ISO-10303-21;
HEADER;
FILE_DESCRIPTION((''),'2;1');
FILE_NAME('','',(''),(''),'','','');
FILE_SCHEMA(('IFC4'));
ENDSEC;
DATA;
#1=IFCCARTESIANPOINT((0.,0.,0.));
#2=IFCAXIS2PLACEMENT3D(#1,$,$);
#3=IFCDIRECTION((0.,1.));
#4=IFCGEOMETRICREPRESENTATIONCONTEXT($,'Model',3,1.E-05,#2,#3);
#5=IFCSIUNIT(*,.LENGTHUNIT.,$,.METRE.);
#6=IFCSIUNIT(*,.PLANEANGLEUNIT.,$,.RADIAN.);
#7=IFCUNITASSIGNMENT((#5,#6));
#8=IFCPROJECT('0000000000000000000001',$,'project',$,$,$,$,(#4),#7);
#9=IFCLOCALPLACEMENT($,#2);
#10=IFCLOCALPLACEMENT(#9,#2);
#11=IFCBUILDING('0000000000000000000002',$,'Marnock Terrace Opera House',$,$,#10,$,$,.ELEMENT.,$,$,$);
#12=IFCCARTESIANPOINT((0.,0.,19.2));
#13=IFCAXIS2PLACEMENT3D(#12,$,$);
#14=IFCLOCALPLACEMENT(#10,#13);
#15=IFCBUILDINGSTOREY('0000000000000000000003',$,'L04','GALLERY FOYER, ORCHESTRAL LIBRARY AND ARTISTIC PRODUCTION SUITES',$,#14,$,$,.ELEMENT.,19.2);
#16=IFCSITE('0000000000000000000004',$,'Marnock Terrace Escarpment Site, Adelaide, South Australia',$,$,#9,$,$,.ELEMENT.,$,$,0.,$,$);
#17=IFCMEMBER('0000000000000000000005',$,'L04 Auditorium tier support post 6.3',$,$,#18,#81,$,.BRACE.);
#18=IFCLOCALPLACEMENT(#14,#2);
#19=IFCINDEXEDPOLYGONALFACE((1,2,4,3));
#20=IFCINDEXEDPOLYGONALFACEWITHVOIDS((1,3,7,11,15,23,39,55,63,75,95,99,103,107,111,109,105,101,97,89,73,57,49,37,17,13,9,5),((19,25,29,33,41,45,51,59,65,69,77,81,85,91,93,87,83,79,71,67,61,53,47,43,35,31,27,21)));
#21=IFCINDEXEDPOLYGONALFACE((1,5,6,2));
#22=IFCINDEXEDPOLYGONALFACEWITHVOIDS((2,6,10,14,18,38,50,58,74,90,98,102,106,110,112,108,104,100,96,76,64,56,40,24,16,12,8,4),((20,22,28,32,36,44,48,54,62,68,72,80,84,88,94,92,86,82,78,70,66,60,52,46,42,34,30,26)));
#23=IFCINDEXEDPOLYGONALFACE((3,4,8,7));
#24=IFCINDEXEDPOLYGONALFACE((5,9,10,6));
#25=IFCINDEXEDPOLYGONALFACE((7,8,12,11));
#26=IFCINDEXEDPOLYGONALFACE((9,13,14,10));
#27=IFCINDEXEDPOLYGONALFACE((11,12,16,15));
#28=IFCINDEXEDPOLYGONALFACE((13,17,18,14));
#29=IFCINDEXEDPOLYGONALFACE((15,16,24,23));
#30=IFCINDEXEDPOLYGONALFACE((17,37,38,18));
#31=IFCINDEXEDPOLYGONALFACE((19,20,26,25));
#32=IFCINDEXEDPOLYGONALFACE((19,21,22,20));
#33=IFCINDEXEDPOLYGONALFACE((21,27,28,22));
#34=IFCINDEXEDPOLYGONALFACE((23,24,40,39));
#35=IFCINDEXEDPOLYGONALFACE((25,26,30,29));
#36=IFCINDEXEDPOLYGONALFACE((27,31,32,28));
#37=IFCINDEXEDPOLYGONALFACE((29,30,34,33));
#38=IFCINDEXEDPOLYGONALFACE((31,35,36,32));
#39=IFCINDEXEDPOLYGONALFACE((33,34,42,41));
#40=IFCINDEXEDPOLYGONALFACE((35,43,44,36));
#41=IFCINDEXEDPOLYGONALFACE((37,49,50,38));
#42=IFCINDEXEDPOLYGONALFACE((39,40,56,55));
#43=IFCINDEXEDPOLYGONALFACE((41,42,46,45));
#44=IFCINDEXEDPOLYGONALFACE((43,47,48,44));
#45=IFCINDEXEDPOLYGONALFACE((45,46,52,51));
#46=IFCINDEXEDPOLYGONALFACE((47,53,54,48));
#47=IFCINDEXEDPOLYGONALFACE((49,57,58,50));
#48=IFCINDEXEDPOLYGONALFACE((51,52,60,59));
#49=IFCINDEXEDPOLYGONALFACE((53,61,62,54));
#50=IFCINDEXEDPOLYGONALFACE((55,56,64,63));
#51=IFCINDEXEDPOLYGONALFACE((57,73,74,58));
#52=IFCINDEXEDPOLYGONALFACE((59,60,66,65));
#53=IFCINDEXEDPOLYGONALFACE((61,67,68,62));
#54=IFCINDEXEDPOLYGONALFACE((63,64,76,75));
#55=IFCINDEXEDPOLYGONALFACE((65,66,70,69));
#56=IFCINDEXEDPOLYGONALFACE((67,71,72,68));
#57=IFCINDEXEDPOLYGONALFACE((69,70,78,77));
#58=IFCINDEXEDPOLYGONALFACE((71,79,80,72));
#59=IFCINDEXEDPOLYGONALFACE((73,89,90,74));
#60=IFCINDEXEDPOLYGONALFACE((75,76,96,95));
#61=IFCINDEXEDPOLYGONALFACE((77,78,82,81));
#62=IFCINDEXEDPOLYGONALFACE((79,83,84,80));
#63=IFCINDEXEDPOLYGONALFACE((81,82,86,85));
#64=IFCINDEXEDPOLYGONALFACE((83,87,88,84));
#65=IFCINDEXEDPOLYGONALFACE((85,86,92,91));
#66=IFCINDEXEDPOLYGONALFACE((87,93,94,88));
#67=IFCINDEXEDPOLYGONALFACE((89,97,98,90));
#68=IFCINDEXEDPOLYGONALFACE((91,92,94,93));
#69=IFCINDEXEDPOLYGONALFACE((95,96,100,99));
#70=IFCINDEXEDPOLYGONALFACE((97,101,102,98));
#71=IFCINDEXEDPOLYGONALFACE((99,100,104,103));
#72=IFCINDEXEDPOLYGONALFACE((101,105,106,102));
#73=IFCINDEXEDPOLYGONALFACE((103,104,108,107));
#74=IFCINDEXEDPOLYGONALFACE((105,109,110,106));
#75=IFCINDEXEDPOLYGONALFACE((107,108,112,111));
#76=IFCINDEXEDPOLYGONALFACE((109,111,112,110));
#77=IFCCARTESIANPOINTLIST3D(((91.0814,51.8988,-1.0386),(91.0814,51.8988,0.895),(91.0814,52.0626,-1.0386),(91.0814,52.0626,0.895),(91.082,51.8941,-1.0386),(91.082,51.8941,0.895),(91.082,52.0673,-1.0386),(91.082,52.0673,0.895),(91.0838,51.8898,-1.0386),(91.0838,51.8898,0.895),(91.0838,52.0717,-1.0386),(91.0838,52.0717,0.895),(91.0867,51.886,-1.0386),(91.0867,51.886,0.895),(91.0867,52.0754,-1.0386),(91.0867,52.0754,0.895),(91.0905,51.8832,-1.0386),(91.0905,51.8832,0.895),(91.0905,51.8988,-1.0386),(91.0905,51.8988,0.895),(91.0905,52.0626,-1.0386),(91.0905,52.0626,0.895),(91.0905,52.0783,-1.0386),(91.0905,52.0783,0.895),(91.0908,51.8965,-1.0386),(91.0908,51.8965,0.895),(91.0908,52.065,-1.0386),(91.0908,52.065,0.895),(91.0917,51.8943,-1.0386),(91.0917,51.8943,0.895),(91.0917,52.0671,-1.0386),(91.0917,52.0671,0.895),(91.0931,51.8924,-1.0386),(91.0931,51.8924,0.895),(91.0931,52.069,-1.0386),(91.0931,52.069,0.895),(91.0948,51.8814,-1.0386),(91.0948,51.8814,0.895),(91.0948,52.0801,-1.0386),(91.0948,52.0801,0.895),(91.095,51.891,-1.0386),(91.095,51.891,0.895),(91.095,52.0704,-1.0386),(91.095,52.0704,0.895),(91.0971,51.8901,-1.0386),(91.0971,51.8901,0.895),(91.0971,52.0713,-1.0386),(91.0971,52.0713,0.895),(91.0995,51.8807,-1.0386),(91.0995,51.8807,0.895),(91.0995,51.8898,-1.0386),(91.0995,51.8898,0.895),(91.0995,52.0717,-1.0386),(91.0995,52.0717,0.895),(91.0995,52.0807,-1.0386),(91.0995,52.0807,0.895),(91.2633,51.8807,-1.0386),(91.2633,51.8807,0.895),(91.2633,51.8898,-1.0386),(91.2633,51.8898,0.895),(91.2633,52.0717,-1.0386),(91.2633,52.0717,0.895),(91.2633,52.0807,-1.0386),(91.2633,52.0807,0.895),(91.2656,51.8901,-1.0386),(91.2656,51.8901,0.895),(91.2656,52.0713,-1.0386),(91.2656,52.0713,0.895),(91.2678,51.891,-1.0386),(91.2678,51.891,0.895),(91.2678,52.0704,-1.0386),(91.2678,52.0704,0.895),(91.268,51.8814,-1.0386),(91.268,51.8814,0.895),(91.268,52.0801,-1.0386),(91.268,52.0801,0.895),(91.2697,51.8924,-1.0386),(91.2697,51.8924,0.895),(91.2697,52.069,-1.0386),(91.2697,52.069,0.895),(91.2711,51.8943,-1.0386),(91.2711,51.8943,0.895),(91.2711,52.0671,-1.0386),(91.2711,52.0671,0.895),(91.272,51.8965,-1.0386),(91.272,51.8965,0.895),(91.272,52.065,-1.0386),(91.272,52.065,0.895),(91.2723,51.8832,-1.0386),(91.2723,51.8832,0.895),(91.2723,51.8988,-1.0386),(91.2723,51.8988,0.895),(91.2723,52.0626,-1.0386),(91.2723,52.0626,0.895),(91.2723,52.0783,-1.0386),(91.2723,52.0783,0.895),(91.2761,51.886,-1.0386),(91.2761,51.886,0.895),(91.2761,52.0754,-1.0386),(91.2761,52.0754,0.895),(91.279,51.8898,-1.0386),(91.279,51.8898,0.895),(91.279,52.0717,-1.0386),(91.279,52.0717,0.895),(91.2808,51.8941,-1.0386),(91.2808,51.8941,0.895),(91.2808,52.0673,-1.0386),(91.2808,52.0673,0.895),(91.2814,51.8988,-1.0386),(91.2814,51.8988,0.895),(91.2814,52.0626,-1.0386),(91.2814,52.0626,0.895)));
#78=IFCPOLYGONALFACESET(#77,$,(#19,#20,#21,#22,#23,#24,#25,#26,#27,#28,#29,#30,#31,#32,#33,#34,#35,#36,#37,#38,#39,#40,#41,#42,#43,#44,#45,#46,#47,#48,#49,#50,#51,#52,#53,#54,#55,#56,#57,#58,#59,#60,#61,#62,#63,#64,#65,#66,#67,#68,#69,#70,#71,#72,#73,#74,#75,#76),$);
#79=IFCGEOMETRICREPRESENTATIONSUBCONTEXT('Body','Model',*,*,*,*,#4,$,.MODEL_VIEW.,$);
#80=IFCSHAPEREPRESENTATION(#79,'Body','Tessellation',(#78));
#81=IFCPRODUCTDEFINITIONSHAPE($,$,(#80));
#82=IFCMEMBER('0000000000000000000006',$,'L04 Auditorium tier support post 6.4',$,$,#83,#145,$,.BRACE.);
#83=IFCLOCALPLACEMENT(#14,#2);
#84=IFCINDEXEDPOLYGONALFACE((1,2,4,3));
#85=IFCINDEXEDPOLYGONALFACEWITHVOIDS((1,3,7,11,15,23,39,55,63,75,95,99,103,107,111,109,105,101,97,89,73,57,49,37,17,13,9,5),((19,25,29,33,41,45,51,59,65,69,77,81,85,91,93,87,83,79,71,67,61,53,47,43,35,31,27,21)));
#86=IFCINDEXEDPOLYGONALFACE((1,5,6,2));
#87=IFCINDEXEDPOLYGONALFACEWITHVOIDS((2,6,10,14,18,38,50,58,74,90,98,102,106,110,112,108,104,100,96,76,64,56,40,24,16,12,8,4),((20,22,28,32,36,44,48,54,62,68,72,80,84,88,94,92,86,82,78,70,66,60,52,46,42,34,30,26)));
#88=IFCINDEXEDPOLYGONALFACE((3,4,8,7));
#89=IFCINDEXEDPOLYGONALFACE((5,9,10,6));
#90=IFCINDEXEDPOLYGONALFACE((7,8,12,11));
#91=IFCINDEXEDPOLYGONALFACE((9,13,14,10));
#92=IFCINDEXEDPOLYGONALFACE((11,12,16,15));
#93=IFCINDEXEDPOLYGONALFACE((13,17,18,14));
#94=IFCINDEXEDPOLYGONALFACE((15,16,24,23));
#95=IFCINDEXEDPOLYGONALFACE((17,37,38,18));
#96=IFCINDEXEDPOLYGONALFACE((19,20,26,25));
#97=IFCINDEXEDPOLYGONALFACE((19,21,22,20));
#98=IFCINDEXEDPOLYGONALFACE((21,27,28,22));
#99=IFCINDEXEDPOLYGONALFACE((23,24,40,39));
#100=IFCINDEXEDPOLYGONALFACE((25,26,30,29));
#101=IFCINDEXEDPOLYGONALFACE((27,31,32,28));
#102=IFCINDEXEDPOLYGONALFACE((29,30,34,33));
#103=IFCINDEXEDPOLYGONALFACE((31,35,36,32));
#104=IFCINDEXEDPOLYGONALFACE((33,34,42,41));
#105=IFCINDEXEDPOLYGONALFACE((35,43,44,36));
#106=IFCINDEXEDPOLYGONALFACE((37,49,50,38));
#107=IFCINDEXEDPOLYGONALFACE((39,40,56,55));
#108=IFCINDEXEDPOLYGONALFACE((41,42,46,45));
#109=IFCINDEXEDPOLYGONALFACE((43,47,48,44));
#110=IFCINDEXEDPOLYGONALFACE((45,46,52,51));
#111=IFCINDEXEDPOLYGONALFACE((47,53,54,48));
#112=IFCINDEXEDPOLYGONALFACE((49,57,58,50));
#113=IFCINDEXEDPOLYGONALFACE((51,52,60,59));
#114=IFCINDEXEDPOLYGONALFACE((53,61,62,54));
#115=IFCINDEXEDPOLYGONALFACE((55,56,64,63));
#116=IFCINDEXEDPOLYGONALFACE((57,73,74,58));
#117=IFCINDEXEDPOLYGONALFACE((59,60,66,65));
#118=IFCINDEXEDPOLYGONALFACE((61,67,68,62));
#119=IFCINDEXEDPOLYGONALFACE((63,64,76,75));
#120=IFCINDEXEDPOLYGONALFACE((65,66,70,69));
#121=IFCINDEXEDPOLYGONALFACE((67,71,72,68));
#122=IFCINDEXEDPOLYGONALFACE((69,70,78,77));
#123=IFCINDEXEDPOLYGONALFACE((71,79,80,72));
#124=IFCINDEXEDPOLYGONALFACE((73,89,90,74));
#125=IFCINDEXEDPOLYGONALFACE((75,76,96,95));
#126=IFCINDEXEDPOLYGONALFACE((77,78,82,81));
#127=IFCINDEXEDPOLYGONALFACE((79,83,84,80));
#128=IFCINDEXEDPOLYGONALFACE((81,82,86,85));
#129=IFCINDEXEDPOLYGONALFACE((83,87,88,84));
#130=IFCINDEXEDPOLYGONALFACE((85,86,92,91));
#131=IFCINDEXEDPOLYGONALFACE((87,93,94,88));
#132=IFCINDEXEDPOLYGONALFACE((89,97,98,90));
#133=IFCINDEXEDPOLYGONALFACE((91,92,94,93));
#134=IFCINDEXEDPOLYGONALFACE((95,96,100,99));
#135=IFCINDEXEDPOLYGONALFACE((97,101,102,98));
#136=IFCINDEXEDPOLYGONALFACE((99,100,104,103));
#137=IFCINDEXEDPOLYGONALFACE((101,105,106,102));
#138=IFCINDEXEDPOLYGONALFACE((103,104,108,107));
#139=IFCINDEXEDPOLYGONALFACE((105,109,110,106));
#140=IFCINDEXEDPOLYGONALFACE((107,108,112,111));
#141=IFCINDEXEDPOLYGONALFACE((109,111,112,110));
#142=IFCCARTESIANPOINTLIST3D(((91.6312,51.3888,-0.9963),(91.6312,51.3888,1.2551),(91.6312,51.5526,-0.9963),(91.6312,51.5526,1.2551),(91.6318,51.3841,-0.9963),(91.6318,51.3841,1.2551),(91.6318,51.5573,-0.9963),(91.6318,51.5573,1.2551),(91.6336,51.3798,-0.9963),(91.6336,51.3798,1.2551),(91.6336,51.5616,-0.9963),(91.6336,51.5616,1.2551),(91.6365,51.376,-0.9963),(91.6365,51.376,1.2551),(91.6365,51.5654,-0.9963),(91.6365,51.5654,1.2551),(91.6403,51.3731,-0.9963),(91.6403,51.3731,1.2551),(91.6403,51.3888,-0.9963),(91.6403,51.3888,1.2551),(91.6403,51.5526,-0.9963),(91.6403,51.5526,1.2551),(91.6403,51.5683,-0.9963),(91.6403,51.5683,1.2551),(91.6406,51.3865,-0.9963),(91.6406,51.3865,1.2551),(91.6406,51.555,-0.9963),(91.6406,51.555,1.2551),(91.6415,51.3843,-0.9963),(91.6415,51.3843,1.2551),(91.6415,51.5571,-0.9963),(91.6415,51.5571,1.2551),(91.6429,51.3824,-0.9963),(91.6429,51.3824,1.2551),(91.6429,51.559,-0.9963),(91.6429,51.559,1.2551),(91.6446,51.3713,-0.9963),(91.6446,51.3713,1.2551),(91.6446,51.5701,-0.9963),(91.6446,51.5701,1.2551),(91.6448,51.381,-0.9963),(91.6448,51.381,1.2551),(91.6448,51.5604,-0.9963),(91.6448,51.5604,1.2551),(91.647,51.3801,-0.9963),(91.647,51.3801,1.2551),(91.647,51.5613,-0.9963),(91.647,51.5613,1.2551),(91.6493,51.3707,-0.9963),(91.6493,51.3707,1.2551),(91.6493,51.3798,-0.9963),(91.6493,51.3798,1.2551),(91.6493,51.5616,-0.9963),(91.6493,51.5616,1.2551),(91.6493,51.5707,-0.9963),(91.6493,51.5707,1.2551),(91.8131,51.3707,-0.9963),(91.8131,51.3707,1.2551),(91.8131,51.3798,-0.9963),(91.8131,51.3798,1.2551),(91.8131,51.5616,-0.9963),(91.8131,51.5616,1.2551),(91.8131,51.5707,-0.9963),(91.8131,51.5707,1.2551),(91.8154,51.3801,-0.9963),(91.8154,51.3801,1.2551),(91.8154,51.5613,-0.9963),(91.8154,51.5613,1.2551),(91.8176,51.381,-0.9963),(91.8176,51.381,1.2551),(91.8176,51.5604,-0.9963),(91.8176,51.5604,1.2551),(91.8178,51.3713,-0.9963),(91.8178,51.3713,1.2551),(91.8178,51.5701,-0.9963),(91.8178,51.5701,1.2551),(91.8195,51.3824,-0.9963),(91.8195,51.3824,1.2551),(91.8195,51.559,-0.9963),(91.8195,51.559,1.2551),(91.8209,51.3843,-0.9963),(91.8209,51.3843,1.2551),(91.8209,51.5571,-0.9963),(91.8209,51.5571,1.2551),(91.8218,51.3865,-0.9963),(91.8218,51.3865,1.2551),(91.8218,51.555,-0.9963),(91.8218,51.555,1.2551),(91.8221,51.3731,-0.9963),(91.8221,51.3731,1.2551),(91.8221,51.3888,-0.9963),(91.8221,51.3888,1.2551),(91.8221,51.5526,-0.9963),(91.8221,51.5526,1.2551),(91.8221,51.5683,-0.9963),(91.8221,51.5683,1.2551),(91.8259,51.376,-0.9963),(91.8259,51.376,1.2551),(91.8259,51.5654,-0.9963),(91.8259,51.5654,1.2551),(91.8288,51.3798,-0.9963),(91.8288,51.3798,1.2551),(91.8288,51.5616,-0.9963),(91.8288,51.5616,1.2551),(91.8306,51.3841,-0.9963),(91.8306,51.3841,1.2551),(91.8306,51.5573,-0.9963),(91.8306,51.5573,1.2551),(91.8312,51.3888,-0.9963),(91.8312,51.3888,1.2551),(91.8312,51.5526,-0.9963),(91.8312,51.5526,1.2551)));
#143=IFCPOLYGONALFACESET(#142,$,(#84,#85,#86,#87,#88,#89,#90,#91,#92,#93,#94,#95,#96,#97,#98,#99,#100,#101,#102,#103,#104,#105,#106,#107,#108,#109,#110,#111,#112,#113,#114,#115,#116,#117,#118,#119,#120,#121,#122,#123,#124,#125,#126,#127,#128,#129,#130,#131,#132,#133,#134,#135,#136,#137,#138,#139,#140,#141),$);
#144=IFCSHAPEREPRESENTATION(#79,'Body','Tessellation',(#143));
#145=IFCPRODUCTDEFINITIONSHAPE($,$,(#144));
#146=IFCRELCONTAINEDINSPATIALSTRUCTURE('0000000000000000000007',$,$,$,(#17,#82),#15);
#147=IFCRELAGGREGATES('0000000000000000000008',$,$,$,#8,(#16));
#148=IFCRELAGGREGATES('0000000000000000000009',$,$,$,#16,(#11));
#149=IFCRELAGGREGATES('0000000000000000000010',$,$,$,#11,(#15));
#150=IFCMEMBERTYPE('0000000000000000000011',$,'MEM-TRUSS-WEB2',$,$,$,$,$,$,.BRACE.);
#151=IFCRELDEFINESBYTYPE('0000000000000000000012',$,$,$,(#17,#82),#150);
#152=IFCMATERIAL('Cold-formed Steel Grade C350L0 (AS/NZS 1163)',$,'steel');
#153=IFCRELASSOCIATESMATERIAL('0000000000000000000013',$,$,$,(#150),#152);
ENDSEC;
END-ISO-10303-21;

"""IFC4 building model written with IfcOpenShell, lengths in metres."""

from ifc_helpers import new_model, si_unit, direction, frame, origin, origin_2d, place, context, subcontext, project, spatial, hollow_rectangle, extrude, material, material_profile, profile_set, type_object, element, save


model = new_model("IFC4")

# Units and contexts
model_context = context("Model", 3, precision=1e-05, world=origin(), true_north=direction((0.0, 1.0)))
body_context = subcontext(model_context, "Body", "Model", "MODEL_VIEW")
ifc_project = project(units=[si_unit("LENGTHUNIT", "METRE"), si_unit("PLANEANGLEUNIT", "RADIAN")], contexts=[model_context])

# Site, building, storey
site_placement = place(None, origin())
site = spatial("IfcSite", under=ifc_project, at=site_placement, Name="Marnock Terrace Escarpment Site, Adelaide, South Australia", CompositionType="ELEMENT", RefElevation=0.0)
building_placement = place(site_placement, origin())
building = spatial("IfcBuilding", under=site, at=building_placement, Name="Marnock Terrace Opera House", CompositionType="ELEMENT")
storey_placement = place(building_placement, frame((0.0, 0.0, 19.2)))
storey = spatial("IfcBuildingStorey", under=building, at=storey_placement, Name="L04", Description="GALLERY FOYER, ORCHESTRAL LIBRARY AND ARTISTIC PRODUCTION SUITES", CompositionType="ELEMENT", Elevation=19.2)

# Members
ifc_material_1 = material(Name="Cold-formed Steel Grade C350L0 (AS/NZS 1163)", Category="steel")
ifc_material_profile_1 = material_profile(ifc_material_1, hollow_rectangle(XDim=0.2, YDim=0.2, WallThickness=0.009, InnerFilletRadius=0.009, OuterFilletRadius=0.0181, at=origin_2d()))
ifc_profile_set_1 = profile_set([ifc_material_profile_1], Name="Cold-formed Steel Grade C350L0 (AS/NZS 1163)")
member_type = type_object("IfcMemberType", Name="MEM-TRUSS-WEB2", PredefinedType="BRACE", material=ifc_profile_set_1)
member_1_placement = place(storey_placement, frame((91.1814, 51.9807, -1.0386), z_axis=(0.0, 0.0, 1.0), x_axis=(1.0, 0.0, 0.0)))
element("IfcMember", 1, at=member_1_placement, inside=storey, type_object=member_type, Name="L04 Auditorium tier support post 6.3", PredefinedType="BRACE", context=body_context, shape_type="SweptSolid", body=[
    extrude(hollow_rectangle(XDim=0.2, YDim=0.2, WallThickness=0.009, InnerFilletRadius=0.009, OuterFilletRadius=0.0181, at=origin_2d()), origin(), (0.0, 0.0, 1.0), 1.9336),
])
member_2_placement = place(storey_placement, frame((91.7312, 51.4707, -0.9963), z_axis=(0.0, 0.0, 1.0), x_axis=(1.0, 0.0, 0.0)))
element("IfcMember", 2, at=member_2_placement, inside=storey, type_object=member_type, Name="L04 Auditorium tier support post 6.4", PredefinedType="BRACE", context=body_context, shape_type="SweptSolid", body=[
    extrude(hollow_rectangle(XDim=0.2, YDim=0.2, WallThickness=0.009, InnerFilletRadius=0.009, OuterFilletRadius=0.0181, at=origin_2d()), origin(), (0.0, 0.0, 1.0), 2.2515),
])

save(model, "model.ifc")
